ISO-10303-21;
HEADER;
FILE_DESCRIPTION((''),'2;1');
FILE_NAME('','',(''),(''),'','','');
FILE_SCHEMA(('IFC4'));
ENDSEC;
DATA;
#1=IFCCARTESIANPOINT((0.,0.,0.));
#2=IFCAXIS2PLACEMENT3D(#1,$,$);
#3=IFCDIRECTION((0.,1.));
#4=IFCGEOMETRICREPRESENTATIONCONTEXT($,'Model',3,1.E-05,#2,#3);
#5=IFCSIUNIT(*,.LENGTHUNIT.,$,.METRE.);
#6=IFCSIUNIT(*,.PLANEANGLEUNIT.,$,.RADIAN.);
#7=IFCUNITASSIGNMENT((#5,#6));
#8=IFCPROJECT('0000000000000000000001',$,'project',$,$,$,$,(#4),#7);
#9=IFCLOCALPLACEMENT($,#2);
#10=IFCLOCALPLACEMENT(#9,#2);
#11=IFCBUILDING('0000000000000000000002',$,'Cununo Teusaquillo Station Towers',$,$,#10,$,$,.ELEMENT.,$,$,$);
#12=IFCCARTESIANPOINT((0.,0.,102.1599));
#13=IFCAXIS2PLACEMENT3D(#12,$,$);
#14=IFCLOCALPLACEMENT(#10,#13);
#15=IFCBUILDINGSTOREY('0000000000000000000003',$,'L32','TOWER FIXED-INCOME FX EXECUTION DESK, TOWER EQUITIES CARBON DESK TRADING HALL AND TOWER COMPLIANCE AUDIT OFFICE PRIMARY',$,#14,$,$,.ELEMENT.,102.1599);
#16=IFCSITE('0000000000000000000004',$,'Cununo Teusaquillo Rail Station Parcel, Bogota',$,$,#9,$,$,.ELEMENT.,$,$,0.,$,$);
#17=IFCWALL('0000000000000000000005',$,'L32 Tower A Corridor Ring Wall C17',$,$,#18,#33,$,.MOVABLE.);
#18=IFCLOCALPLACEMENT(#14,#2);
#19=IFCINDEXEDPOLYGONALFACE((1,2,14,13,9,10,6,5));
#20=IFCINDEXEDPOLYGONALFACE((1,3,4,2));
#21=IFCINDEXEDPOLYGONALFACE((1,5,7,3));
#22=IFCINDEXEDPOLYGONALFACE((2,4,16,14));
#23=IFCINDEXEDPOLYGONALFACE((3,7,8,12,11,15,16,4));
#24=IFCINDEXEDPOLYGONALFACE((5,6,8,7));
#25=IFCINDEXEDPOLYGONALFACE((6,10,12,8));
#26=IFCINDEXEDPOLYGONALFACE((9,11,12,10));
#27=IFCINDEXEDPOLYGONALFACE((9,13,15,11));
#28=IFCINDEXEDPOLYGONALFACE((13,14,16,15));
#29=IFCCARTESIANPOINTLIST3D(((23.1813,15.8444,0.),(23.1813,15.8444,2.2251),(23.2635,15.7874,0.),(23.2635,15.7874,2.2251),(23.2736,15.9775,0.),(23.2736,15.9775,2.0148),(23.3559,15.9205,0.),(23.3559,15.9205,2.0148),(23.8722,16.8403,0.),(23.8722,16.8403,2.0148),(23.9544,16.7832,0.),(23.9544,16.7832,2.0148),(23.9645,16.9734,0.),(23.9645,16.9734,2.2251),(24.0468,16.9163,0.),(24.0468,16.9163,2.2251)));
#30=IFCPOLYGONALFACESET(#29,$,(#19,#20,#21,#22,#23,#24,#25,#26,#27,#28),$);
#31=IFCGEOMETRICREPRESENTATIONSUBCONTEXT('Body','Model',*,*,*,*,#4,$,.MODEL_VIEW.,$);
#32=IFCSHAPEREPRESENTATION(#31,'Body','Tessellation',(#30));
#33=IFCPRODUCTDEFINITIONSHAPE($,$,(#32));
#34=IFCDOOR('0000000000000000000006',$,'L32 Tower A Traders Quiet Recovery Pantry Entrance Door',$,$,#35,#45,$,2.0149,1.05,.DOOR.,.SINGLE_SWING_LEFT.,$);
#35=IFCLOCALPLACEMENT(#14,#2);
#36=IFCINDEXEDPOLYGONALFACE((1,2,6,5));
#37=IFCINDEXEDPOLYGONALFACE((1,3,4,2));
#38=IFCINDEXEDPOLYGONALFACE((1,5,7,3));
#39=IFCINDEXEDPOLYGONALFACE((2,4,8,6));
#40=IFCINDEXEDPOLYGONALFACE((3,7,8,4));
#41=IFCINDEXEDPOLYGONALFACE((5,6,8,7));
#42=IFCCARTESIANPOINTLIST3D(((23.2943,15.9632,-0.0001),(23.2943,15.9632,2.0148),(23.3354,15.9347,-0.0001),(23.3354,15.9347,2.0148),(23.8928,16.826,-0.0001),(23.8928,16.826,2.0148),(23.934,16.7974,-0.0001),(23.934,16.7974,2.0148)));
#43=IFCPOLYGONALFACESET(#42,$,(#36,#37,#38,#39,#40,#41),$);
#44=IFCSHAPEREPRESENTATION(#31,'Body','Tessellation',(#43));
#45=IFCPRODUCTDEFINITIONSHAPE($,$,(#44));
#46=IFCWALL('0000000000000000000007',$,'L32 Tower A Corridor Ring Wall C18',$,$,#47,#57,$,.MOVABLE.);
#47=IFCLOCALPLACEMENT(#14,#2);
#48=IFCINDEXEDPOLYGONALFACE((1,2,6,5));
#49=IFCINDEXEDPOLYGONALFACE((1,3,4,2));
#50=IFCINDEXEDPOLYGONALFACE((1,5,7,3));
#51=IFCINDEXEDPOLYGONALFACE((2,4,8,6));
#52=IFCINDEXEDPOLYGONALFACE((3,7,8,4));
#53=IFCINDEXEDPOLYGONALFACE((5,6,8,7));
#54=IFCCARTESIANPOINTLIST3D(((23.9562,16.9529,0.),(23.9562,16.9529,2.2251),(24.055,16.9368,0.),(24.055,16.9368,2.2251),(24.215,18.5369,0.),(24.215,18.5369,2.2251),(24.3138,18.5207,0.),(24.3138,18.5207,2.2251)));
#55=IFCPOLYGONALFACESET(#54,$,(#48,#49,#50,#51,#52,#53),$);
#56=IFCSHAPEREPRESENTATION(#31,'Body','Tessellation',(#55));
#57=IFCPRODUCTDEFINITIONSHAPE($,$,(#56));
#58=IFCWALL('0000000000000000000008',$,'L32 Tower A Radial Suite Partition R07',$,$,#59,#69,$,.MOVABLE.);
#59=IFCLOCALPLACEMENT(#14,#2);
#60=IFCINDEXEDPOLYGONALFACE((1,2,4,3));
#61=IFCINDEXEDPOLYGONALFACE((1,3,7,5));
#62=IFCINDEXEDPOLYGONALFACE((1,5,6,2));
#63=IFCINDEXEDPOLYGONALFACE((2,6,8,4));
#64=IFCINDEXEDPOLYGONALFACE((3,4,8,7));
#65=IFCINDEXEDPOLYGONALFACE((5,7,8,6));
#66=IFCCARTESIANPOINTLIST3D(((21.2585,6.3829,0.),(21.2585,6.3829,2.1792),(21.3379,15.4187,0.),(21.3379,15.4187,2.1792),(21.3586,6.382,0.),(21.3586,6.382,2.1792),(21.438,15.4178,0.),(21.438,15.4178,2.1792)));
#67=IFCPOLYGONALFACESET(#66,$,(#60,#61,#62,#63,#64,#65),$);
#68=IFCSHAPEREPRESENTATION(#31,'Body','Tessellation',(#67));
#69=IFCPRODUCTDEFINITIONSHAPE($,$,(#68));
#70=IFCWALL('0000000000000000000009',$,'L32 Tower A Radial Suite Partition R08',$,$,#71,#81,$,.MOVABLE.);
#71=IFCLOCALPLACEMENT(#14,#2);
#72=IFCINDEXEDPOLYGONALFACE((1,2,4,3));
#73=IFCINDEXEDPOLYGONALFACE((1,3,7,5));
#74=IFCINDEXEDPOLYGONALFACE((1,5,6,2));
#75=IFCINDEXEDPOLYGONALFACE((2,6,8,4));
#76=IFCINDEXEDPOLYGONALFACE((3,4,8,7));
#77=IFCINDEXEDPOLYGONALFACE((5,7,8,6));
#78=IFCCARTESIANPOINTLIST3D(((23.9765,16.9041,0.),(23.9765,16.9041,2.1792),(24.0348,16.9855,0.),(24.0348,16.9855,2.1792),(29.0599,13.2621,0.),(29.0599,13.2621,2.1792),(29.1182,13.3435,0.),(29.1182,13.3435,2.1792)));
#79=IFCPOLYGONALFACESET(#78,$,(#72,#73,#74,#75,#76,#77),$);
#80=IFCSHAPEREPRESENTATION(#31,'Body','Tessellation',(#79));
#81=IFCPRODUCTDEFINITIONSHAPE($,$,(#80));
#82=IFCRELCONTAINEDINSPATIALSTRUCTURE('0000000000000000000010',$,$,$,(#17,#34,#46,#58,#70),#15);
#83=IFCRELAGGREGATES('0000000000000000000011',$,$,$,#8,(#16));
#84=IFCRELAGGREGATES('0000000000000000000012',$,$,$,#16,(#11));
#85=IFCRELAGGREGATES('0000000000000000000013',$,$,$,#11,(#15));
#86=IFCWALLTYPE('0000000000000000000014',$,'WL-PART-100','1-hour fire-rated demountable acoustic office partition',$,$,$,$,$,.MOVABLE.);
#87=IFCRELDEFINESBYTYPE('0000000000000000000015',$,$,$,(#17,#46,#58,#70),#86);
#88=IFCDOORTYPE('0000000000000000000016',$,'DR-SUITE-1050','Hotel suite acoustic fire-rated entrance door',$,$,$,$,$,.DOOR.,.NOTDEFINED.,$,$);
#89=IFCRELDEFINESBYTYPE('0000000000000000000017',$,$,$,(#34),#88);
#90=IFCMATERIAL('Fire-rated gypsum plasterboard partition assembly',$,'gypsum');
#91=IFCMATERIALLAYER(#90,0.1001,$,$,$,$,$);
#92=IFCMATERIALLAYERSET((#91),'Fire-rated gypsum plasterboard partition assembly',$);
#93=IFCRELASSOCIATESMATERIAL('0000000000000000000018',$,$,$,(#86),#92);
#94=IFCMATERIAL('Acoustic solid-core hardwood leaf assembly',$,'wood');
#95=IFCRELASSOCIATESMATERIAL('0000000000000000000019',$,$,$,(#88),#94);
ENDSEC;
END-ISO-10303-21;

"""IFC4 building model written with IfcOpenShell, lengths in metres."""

from ifc_helpers import new_model, si_unit, direction, frame, frame_2d, origin, place, context, subcontext, project, spatial, rectangle, extrude, source, transform, mapped, material, layer, layer_set, type_object, element, fill, save


model = new_model("IFC4")

# Units and contexts
model_context = context("Model", 3, precision=1e-05, world=origin(), true_north=direction((0.0, 1.0)))
body_context = subcontext(model_context, "Body", "Model", "MODEL_VIEW")
ifc_project = project(units=[si_unit("LENGTHUNIT", "METRE"), si_unit("PLANEANGLEUNIT", "RADIAN")], contexts=[model_context])

# Site, building, storey
site_placement = place(None, origin())
site = spatial("IfcSite", under=ifc_project, at=site_placement, Name="Cununo Teusaquillo Rail Station Parcel, Bogota", CompositionType="ELEMENT", RefElevation=0.0)
building_placement = place(site_placement, origin())
building = spatial("IfcBuilding", under=site, at=building_placement, Name="Cununo Teusaquillo Station Towers", CompositionType="ELEMENT")
storey_placement = place(building_placement, frame((0.0, 0.0, 102.1599)))
storey = spatial("IfcBuildingStorey", under=building, at=storey_placement, Name="L32", Description="TOWER FIXED-INCOME FX EXECUTION DESK, TOWER EQUITIES CARBON DESK TRADING HALL AND TOWER COMPLIANCE AUDIT OFFICE PRIMARY", CompositionType="ELEMENT", Elevation=102.1599)

# Shared definitions
ifc_material_1 = material(Name="Fire-rated gypsum plasterboard partition assembly", Category="gypsum")
ifc_layer_1 = layer(ifc_material_1, 0.1001)
ifc_layer_set_1 = layer_set([ifc_layer_1], Name="Fire-rated gypsum plasterboard partition assembly")
wall_type_1 = type_object("IfcWallType", Name="WL-PART-100", Description="1-hour fire-rated demountable acoustic office partition", PredefinedType="MOVABLE", material=ifc_layer_set_1)
shared_shape_1 = source(origin(), body_context, "Body", "SweptSolid", [
    extrude(rectangle(XDim=1.05, YDim=2.0149, at=frame_2d((0.5249, 1.0073))), frame((0.0, 0.0601, 0.0), z_axis=(0.0, -1.0, 0.0), x_axis=(1.0, 0.0, 0.0)), (0.0, 0.0, 1.0), 0.1201),
])
ifc_material_2 = material(Name="Acoustic solid-core hardwood leaf assembly", Category="wood")
door_type_1 = type_object("IfcDoorType", Name="DR-SUITE-1050", Description="Hotel suite acoustic fire-rated entrance door", OperationType="NOTDEFINED", PredefinedType="DOOR", material=ifc_material_2)
shared_shape_2 = source(origin(), body_context, "Body", "SweptSolid", [
    extrude(rectangle(XDim=1.05, YDim=2.0149, at=frame_2d((0.5249, 1.0073))), frame((0.0, 0.0249, 0.0), z_axis=(0.0, -1.0, 0.0), x_axis=(1.0, 0.0, 0.0)), (0.0, 0.0, 1.0), 0.05),
])

# Wall, opening, door
wall_1_placement = place(storey_placement, frame((23.2224, 15.8159, 0.0), z_axis=(0.0, 0.0, 1.0), x_axis=(0.570023, 0.821629, 0.0)))
wall_1 = element("IfcWall", 1, at=wall_1_placement, inside=storey, type_object=wall_type_1, Name="L32 Tower A Corridor Ring Wall C17", PredefinedType="MOVABLE", context=body_context, shape_type="SweptSolid", body=[
    extrude(rectangle(XDim=1.374, YDim=0.1001, at=frame_2d((0.687, 0.0))), origin(), (0.0, 0.0, 1.0), 2.2251),
])
opening_1_placement = place(wall_1_placement, frame((0.1621, 0.0, 0.0)))
opening_1 = element("IfcOpeningElement", 2, at=opening_1_placement, cuts=wall_1, PredefinedType="OPENING", context=body_context, shape_type="MappedRepresentation", body=[
    mapped(shared_shape_1, transform((0.0, 0.0, 0.0), x_axis=(1.0, 0.0, 0.0), y_axis=(0.0, 1.0, 0.0), z_axis=(0.0, 0.0, 1.0), scale=1.0)),
])
door_1_placement = place(opening_1_placement, origin())
door_1 = element("IfcDoor", 3, at=door_1_placement, inside=storey, type_object=door_type_1, Name="L32 Tower A Traders Quiet Recovery Pantry Entrance Door", OperationType="SINGLE_SWING_LEFT", OverallHeight=2.0149, OverallWidth=1.05, PredefinedType="DOOR", context=body_context, shape_type="MappedRepresentation", body=[
    mapped(shared_shape_2, transform((0.0, 0.0, 0.0), x_axis=(1.0, 0.0, 0.0), y_axis=(0.0, 1.0, 0.0), z_axis=(0.0, 0.0, 1.0), scale=1.0)),
])
fill(opening_1, door_1)

# Walls
wall_2_placement = place(storey_placement, frame((24.0056, 16.9448, 0.0), z_axis=(0.0, 0.0, 1.0), x_axis=(0.161241, 0.986915, 0.0)))
element("IfcWall", 4, at=wall_2_placement, inside=storey, type_object=wall_type_1, Name="L32 Tower A Corridor Ring Wall C18", PredefinedType="MOVABLE", context=body_context, shape_type="SweptSolid", body=[
    extrude(rectangle(XDim=1.605, YDim=0.1001, at=frame_2d((0.8025, 0.0))), origin(), (0.0, 0.0, 1.0), 2.2251),
])
wall_3_placement = place(storey_placement, frame((21.3879, 15.4182, 0.0), z_axis=(0.0, 0.0, 1.0), x_axis=(-0.008781, -0.999961, 0.0)))
element("IfcWall", 5, at=wall_3_placement, inside=storey, type_object=wall_type_1, Name="L32 Tower A Radial Suite Partition R07", PredefinedType="MOVABLE", context=body_context, shape_type="SweptSolid", body=[
    extrude(rectangle(XDim=9.0361, YDim=0.1001, at=frame_2d((4.5181, 0.0))), origin(), (0.0, 0.0, 1.0), 2.1792),
])
wall_4_placement = place(storey_placement, frame((24.0056, 16.9448, 0.0), z_axis=(0.0, 0.0, 1.0), x_axis=(0.812899, -0.582405, 0.0)))
element("IfcWall", 6, at=wall_4_placement, inside=storey, type_object=wall_type_1, Name="L32 Tower A Radial Suite Partition R08", PredefinedType="MOVABLE", context=body_context, shape_type="SweptSolid", body=[
    extrude(rectangle(XDim=6.2534, YDim=0.1001, at=frame_2d((3.1267, 0.0))), origin(), (0.0, 0.0, 1.0), 2.1792),
])

save(model, "model.ifc")
